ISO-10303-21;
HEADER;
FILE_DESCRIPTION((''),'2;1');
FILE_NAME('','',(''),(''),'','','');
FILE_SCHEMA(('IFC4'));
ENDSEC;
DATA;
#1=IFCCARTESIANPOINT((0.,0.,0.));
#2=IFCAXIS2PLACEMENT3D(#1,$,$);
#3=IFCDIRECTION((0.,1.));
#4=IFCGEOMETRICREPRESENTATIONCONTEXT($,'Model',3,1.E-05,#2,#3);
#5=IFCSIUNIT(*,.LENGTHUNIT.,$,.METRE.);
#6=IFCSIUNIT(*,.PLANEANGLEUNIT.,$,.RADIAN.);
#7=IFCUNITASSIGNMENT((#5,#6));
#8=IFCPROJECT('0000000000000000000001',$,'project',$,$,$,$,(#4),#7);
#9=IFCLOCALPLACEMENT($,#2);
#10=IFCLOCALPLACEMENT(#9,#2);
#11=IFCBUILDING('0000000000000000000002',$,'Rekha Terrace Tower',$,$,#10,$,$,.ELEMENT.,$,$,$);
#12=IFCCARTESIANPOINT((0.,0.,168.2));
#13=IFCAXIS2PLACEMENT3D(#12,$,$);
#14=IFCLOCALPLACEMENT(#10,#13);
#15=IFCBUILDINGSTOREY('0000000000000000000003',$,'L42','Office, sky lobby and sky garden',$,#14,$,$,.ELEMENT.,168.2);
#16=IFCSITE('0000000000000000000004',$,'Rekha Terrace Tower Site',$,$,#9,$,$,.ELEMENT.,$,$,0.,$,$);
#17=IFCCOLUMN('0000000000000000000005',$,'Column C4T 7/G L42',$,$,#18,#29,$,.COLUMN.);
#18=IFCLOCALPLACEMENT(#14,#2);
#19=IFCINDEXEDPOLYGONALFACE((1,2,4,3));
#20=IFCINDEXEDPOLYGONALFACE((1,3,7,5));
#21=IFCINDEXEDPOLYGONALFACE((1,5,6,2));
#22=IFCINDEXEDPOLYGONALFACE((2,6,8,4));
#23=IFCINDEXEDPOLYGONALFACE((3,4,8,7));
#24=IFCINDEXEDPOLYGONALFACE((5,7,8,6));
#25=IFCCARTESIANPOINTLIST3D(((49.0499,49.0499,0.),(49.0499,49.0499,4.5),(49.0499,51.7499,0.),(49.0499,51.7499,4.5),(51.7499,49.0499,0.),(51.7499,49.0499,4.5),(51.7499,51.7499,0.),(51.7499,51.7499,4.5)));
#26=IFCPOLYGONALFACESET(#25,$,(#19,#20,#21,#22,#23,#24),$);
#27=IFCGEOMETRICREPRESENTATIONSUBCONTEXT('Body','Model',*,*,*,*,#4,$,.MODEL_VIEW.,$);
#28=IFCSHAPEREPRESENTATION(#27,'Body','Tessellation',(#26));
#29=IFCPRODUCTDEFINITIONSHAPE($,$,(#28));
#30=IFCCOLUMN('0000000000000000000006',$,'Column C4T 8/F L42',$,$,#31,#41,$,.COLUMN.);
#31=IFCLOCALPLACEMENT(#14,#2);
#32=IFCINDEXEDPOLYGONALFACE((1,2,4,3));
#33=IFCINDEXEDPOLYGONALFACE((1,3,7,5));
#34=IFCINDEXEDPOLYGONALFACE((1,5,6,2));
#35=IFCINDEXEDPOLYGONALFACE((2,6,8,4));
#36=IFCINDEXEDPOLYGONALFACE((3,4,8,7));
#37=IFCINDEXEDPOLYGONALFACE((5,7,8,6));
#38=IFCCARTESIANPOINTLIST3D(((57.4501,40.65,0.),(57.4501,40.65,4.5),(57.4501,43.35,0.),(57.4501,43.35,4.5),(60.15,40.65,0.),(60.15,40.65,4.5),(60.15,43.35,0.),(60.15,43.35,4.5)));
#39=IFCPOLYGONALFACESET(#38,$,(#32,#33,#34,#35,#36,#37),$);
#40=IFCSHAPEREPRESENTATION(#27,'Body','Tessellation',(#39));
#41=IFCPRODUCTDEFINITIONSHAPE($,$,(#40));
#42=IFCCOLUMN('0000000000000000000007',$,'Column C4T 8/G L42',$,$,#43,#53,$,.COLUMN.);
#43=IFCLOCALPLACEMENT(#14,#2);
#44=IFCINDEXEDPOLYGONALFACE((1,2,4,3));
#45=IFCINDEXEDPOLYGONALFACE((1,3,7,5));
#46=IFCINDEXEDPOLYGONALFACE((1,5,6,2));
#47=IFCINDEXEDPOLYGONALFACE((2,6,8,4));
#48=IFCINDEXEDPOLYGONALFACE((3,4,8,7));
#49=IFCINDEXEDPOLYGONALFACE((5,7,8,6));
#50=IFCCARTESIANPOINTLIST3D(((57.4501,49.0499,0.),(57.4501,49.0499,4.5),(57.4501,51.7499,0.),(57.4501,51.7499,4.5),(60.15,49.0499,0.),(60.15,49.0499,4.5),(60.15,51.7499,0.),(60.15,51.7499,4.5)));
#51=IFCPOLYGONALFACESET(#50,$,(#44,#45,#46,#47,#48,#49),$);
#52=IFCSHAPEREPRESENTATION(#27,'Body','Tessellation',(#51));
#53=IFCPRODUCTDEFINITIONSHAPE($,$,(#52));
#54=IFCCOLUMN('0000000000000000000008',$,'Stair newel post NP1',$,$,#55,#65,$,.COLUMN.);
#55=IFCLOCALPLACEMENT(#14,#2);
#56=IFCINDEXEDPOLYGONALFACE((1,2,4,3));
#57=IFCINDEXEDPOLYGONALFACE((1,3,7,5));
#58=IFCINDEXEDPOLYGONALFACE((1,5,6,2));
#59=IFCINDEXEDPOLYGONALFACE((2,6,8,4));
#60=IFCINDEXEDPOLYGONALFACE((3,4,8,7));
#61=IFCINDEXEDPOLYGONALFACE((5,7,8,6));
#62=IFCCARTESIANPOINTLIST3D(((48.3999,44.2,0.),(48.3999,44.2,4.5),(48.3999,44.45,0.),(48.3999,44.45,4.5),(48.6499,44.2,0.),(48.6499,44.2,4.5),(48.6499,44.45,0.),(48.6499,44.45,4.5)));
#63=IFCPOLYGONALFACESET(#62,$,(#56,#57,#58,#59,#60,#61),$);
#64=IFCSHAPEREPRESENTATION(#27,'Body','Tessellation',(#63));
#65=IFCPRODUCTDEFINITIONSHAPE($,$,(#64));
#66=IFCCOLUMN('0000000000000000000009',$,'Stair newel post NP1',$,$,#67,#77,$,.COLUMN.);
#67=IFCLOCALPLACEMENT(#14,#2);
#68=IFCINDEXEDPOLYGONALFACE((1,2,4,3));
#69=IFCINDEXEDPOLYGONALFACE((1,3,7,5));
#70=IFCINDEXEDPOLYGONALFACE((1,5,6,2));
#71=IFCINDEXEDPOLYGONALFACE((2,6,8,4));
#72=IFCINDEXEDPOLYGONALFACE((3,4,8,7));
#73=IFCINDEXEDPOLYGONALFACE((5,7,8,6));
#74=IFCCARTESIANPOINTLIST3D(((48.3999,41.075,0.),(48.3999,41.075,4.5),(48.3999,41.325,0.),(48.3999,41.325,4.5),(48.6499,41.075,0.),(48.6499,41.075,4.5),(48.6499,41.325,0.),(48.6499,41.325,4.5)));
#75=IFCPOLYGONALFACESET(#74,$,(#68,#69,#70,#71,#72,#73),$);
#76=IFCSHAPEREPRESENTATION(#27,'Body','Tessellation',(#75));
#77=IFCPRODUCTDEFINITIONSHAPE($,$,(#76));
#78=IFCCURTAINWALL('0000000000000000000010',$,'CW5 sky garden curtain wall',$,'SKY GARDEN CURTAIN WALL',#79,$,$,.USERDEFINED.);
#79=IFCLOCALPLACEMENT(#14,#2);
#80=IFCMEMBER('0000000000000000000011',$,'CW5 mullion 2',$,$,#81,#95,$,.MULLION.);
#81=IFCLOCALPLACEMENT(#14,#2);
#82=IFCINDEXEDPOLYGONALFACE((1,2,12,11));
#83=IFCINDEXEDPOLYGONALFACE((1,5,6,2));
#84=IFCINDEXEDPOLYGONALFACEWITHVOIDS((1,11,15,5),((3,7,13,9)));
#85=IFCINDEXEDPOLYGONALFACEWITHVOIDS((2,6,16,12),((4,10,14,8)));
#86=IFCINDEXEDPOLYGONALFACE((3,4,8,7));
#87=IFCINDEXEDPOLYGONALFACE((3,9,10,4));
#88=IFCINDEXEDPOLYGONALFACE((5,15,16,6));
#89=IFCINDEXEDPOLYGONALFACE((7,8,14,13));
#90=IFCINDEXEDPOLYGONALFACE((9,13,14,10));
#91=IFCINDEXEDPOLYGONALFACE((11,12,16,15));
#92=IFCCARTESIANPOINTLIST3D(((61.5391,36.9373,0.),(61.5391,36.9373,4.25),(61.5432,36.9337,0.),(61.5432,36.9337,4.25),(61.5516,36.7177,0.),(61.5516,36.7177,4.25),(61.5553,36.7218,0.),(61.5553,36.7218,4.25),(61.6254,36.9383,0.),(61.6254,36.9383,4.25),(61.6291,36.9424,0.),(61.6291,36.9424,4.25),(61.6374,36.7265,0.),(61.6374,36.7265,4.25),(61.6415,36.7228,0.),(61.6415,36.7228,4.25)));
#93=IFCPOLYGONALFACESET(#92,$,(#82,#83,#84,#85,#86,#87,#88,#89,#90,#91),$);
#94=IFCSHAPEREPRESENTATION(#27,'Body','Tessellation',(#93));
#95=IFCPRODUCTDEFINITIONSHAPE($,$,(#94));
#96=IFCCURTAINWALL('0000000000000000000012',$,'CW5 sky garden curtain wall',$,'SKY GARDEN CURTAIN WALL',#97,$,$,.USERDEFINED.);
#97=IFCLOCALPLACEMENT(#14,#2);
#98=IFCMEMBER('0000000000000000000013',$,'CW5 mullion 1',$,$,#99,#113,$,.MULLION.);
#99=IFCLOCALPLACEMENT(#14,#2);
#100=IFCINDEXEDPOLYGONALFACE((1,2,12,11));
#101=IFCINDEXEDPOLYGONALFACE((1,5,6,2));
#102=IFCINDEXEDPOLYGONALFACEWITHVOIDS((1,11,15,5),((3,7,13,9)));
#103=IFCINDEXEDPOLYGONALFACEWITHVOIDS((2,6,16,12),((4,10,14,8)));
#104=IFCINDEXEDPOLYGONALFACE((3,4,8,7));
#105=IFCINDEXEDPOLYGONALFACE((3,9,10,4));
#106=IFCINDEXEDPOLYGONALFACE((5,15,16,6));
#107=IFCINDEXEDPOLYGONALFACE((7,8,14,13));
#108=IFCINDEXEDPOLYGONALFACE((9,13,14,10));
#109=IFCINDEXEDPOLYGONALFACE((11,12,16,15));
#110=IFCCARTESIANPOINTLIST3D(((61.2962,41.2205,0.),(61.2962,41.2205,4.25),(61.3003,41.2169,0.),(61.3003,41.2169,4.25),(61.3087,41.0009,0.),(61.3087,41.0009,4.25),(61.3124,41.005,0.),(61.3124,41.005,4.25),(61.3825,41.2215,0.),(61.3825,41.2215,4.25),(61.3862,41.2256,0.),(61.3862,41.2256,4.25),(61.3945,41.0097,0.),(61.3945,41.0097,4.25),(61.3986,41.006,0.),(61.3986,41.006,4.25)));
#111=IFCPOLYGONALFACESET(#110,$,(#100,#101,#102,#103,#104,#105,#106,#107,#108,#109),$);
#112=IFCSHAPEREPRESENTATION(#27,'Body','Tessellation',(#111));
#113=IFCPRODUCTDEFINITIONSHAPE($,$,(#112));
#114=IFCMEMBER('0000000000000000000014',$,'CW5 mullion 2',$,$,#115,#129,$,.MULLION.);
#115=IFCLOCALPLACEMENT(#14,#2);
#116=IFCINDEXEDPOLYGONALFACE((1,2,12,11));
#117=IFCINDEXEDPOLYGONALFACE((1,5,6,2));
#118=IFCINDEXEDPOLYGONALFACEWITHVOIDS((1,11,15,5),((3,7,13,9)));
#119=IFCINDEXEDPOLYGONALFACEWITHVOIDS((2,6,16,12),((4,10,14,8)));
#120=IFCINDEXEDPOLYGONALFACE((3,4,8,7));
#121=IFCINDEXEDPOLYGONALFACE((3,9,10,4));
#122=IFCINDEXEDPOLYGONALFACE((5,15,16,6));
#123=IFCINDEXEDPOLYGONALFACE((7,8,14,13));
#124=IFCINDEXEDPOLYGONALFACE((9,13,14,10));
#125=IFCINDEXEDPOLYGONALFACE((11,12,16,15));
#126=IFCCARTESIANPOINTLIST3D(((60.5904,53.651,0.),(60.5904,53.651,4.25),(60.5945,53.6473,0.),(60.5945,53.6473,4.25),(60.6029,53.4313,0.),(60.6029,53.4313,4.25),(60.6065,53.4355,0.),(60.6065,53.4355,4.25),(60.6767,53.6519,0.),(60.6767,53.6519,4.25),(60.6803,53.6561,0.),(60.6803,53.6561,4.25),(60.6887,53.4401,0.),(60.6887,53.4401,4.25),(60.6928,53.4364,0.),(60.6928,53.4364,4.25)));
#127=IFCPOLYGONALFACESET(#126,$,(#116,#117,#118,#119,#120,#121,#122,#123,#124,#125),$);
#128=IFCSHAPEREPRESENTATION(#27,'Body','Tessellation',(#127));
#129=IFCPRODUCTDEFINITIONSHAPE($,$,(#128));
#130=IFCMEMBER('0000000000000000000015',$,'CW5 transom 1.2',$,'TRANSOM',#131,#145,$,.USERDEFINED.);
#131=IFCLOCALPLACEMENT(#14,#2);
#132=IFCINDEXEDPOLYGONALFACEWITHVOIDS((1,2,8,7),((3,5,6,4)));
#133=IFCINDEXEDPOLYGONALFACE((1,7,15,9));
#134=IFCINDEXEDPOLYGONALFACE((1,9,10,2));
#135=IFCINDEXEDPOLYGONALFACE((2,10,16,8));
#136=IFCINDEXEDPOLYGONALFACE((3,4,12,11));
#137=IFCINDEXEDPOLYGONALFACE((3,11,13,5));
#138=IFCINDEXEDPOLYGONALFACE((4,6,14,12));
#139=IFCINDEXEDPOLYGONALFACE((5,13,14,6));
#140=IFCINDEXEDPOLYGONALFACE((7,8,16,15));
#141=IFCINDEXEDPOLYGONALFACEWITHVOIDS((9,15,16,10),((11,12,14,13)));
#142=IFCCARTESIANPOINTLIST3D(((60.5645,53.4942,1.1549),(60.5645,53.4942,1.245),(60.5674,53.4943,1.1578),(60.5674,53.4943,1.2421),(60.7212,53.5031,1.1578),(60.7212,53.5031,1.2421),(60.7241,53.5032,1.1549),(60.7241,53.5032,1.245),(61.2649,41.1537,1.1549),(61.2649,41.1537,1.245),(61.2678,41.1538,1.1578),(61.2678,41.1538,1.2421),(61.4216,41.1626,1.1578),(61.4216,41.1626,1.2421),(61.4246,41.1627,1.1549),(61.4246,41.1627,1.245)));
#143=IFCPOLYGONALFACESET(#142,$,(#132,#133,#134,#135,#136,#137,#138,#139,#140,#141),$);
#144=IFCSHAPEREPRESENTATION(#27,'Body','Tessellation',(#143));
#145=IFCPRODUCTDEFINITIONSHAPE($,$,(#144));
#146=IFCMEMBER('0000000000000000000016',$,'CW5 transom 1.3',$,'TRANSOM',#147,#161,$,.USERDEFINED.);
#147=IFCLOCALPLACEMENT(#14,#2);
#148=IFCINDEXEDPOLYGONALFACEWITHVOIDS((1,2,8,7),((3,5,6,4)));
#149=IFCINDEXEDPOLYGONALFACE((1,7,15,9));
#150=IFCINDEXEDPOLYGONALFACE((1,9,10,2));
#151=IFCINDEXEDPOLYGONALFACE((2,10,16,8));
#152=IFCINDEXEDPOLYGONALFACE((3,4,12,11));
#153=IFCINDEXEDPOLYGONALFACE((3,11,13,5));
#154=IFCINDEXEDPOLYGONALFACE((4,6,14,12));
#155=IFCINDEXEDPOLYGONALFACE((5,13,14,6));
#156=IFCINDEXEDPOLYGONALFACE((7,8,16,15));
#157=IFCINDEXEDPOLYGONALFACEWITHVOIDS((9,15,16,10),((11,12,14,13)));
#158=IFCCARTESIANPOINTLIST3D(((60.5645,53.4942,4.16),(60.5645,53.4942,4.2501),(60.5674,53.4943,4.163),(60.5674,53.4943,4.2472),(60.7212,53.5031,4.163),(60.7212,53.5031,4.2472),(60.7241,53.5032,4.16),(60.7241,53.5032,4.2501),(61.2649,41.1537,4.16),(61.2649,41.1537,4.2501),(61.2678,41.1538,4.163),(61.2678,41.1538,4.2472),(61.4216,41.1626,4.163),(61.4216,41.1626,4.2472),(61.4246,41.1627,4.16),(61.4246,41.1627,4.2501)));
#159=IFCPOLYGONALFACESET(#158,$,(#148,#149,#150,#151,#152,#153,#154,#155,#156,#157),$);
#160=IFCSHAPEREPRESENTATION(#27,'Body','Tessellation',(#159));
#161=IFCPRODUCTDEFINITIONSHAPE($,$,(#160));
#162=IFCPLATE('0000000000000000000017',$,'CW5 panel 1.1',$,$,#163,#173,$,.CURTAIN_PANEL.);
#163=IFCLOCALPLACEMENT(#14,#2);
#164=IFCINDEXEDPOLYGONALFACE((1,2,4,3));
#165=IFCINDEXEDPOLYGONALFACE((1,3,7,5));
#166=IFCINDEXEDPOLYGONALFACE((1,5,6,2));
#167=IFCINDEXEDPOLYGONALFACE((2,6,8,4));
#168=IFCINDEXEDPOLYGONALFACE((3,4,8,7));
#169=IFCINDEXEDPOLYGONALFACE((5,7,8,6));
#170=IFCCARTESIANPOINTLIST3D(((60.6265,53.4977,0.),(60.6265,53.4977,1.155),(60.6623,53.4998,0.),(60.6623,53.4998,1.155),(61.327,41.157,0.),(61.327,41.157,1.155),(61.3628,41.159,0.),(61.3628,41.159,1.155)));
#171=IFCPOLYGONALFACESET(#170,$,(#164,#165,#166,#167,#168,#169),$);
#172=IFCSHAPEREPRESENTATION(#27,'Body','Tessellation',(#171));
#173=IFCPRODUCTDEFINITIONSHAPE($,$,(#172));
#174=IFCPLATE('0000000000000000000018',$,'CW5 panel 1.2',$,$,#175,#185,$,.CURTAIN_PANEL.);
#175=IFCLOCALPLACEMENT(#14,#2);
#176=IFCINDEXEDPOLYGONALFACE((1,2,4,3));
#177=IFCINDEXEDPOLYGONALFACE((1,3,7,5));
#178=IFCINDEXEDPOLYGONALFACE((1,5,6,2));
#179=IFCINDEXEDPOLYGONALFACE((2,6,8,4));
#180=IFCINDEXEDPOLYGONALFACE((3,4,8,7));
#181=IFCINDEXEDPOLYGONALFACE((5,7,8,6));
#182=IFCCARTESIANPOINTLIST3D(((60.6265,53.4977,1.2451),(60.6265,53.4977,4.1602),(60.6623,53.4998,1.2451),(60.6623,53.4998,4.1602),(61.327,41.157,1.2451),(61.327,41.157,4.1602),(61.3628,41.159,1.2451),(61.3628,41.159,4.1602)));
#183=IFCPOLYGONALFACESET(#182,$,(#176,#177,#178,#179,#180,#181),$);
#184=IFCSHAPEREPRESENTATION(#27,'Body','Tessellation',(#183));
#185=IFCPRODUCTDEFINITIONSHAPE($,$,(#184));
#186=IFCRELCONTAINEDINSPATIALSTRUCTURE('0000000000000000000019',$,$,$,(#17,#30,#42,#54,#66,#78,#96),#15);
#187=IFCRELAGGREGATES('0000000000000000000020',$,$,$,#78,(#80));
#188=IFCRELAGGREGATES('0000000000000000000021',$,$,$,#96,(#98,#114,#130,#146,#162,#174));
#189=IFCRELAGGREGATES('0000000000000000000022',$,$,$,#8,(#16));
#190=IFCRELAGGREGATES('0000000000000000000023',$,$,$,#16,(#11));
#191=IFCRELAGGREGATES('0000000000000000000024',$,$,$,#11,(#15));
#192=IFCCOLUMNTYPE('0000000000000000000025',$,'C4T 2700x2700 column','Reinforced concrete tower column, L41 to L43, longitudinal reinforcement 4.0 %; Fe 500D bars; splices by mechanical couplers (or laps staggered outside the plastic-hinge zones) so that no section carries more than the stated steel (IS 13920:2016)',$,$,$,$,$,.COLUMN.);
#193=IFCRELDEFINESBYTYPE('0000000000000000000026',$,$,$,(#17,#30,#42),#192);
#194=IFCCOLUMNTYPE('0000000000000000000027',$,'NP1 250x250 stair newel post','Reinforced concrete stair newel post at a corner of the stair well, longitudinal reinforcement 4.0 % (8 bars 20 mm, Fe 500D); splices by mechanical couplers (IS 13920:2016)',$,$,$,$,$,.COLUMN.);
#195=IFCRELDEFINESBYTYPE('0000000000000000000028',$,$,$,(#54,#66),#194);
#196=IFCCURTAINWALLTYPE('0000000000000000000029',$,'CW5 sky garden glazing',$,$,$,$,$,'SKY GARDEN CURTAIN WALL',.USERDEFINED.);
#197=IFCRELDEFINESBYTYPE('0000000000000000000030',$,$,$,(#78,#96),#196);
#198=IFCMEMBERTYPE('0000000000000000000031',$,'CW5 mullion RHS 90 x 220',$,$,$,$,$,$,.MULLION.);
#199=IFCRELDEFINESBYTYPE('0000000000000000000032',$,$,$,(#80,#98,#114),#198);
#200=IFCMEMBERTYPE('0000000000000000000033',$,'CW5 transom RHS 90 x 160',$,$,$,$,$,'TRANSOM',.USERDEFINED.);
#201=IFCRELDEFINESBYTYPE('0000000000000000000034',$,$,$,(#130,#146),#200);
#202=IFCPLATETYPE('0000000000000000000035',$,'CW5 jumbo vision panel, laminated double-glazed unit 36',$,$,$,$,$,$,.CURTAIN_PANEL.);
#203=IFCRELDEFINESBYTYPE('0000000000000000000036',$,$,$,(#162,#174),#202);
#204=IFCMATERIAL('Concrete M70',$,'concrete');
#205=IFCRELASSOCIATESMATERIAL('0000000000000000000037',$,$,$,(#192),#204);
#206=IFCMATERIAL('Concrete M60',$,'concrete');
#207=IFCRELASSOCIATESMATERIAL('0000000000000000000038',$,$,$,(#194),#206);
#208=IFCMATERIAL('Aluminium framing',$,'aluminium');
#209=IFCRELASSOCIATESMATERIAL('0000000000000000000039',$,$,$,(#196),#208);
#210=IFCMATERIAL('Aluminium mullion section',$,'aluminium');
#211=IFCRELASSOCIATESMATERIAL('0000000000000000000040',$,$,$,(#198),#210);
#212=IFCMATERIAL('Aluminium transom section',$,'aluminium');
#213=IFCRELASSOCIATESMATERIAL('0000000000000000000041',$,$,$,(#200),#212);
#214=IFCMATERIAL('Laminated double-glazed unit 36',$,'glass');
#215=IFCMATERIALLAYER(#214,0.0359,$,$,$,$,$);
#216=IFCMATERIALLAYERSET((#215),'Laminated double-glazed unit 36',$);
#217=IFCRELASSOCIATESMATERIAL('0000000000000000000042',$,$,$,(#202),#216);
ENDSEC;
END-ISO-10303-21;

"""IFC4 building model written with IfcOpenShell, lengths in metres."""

from ifc_helpers import new_model, si_unit, direction, frame, origin, origin_2d, place, context, subcontext, project, spatial, rectangle, hollow_rectangle, extrude, material, layer, layer_set, material_profile, profile_set, type_object, element, aggregate, save


model = new_model("IFC4")

# Units and contexts
model_context = context("Model", 3, precision=1e-05, world=origin(), true_north=direction((0.0, 1.0)))
body_context = subcontext(model_context, "Body", "Model", "MODEL_VIEW")
ifc_project = project(units=[si_unit("LENGTHUNIT", "METRE"), si_unit("PLANEANGLEUNIT", "RADIAN")], contexts=[model_context])

# Site, building, storey
site_placement = place(None, origin())
site = spatial("IfcSite", under=ifc_project, at=site_placement, Name="Rekha Terrace Tower Site", CompositionType="ELEMENT", RefElevation=0.0)
building_placement = place(site_placement, origin())
building = spatial("IfcBuilding", under=site, at=building_placement, Name="Rekha Terrace Tower", CompositionType="ELEMENT")
storey_placement = place(building_placement, frame((0.0, 0.0, 168.2)))
storey = spatial("IfcBuildingStorey", under=building, at=storey_placement, Name="L42", Description="Office, sky lobby and sky garden", CompositionType="ELEMENT", Elevation=168.2)

# Columns
ifc_material_1 = material(Name="Concrete M70", Category="concrete")
ifc_material_profile_1 = material_profile(ifc_material_1, rectangle(XDim=2.7, YDim=2.7, at=origin_2d()), Name="RC 2700x2700")
ifc_profile_set_1 = profile_set([ifc_material_profile_1], Name="Concrete M70")
column_type_1 = type_object("IfcColumnType", Name="C4T 2700x2700 column", Description="Reinforced concrete tower column, L41 to L43, longitudinal reinforcement 4.0 %; Fe 500D bars; splices by mechanical couplers (or laps staggered outside the plastic-hinge zones) so that no section carries more than the stated steel (IS 13920:2016)", PredefinedType="COLUMN", material=ifc_profile_set_1)
for number, where, z_axis, x_axis, name in (
    (1, (50.3999, 50.3999, 0.0), (0.0, 0.0, 1.0), (1.0, 0.0, 0.0), "Column C4T 7/G L42"),
    (2, (58.8, 42.0, 0.0), (0.0, 0.0, 1.0), (1.0, 0.0, 0.0), "Column C4T 8/F L42"),
    (3, (58.8, 50.3999, 0.0), (0.0, 0.0, 1.0), (1.0, 0.0, 0.0), "Column C4T 8/G L42"),
):
    element("IfcColumn", number, at=place(storey_placement, frame(where, z_axis=z_axis, x_axis=x_axis)), inside=storey, type_object=column_type_1, Name=name, PredefinedType="COLUMN", context=body_context, shape_type="SweptSolid", body=[
        extrude(rectangle(XDim=2.7, YDim=2.7, at=origin_2d()), origin(), (0.0, 0.0, 1.0), 4.5),
    ])
ifc_material_2 = material(Name="Concrete M60", Category="concrete")
ifc_material_profile_2 = material_profile(ifc_material_2, rectangle(XDim=0.25, YDim=0.25, at=origin_2d()), Name="RC 250x250")
ifc_profile_set_2 = profile_set([ifc_material_profile_2], Name="Concrete M60")
column_type_2 = type_object("IfcColumnType", Name="NP1 250x250 stair newel post", Description="Reinforced concrete stair newel post at a corner of the stair well, longitudinal reinforcement 4.0 % (8 bars 20 mm, Fe 500D); splices by mechanical couplers (IS 13920:2016)", PredefinedType="COLUMN", material=ifc_profile_set_2)
for number, where, z_axis, x_axis, name in (
    (4, (48.5249, 44.325, 0.0), (0.0, 0.0, 1.0), (1.0, 0.0, 0.0), "Stair newel post NP1"),
    (5, (48.5249, 41.2, 0.0), (0.0, 0.0, 1.0), (1.0, 0.0, 0.0), "Stair newel post NP1"),
):
    element("IfcColumn", number, at=place(storey_placement, frame(where, z_axis=z_axis, x_axis=x_axis)), inside=storey, type_object=column_type_2, Name=name, PredefinedType="COLUMN", context=body_context, shape_type="SweptSolid", body=[
        extrude(rectangle(XDim=0.25, YDim=0.25, at=origin_2d()), origin(), (0.0, 0.0, 1.0), 4.5),
    ])

# Curtain wall, member
ifc_material_3 = material(Name="Aluminium framing", Category="aluminium")
curtain_wall_type = type_object("IfcCurtainWallType", Name="CW5 sky garden glazing", ElementType="SKY GARDEN CURTAIN WALL", PredefinedType="USERDEFINED", material=ifc_material_3)
curtain_wall_1_placement = place(storey_placement, origin())
curtain_wall_1 = element("IfcCurtainWall", 6, at=curtain_wall_1_placement, inside=storey, type_object=curtain_wall_type, Name="CW5 sky garden curtain wall", ObjectType="SKY GARDEN CURTAIN WALL", PredefinedType="USERDEFINED")
ifc_material_4 = material(Name="Aluminium mullion section", Category="aluminium")
ifc_material_profile_3 = material_profile(ifc_material_4, hollow_rectangle(XDim=0.0901, YDim=0.22, WallThickness=0.0039, at=origin_2d()), Name="AL RHS 90x220")
ifc_profile_set_3 = profile_set([ifc_material_profile_3], Name="Aluminium mullion section")
member_type_1 = type_object("IfcMemberType", Name="CW5 mullion RHS 90 x 220", PredefinedType="MULLION", material=ifc_profile_set_3)
member_1_placement = place(storey_placement, frame((61.5903, 36.8301, 0.0), z_axis=(0.0, 0.0, 1.0), x_axis=(-0.998393, -0.056673, 0.0)))
member_1 = element("IfcMember", 7, at=member_1_placement, type_object=member_type_1, Name="CW5 mullion 2", PredefinedType="MULLION", context=body_context, shape_type="SweptSolid", body=[
    extrude(hollow_rectangle(XDim=0.0901, YDim=0.22, WallThickness=0.0039, at=origin_2d()), origin(), (0.0, 0.0, 1.0), 4.25),
])
aggregate(curtain_wall_1, [member_1])

# Curtain wall, members, plates
curtain_wall_2_placement = place(storey_placement, origin())
curtain_wall_2 = element("IfcCurtainWall", 8, at=curtain_wall_2_placement, inside=storey, type_object=curtain_wall_type, Name="CW5 sky garden curtain wall", ObjectType="SKY GARDEN CURTAIN WALL", PredefinedType="USERDEFINED")
member_2_placement = place(storey_placement, frame((61.3474, 41.1133, 0.0), z_axis=(0.0, 0.0, 1.0), x_axis=(-0.998393, -0.056673, 0.0)))
member_2 = element("IfcMember", 9, at=member_2_placement, type_object=member_type_1, Name="CW5 mullion 1", PredefinedType="MULLION", context=body_context, shape_type="SweptSolid", body=[
    extrude(hollow_rectangle(XDim=0.0901, YDim=0.22, WallThickness=0.0039, at=origin_2d()), origin(), (0.0, 0.0, 1.0), 4.25),
])
member_3_placement = place(storey_placement, frame((60.6416, 53.5437, 0.0), z_axis=(0.0, 0.0, 1.0), x_axis=(-0.998393, -0.056673, 0.0)))
member_3 = element("IfcMember", 10, at=member_3_placement, type_object=member_type_1, Name="CW5 mullion 2", PredefinedType="MULLION", context=body_context, shape_type="SweptSolid", body=[
    extrude(hollow_rectangle(XDim=0.0901, YDim=0.22, WallThickness=0.0039, at=origin_2d()), origin(), (0.0, 0.0, 1.0), 4.25),
])
ifc_material_5 = material(Name="Aluminium transom section", Category="aluminium")
ifc_material_profile_4 = material_profile(ifc_material_5, hollow_rectangle(XDim=0.1599, YDim=0.0901, WallThickness=0.0029, at=origin_2d()), Name="AL RHS 160x90")
ifc_profile_set_4 = profile_set([ifc_material_profile_4], Name="Aluminium transom section")
member_type_2 = type_object("IfcMemberType", Name="CW5 transom RHS 90 x 160", ElementType="TRANSOM", PredefinedType="USERDEFINED", material=ifc_profile_set_4)
member_4_placement = place(storey_placement, frame((61.3447, 41.1582, 1.2), z_axis=(-0.056668, 0.998393, 0.0), x_axis=(-0.998393, -0.056668, 0.0)))
member_4 = element("IfcMember", 11, at=member_4_placement, type_object=member_type_2, Name="CW5 transom 1.2", ObjectType="TRANSOM", PredefinedType="USERDEFINED", context=body_context, shape_type="SweptSolid", body=[
    extrude(hollow_rectangle(XDim=0.1599, YDim=0.0901, WallThickness=0.0029, at=origin_2d()), origin(), (0.0, 0.0, 1.0), 12.3604),
])
member_5_placement = place(storey_placement, frame((61.3447, 41.1582, 4.2051), z_axis=(-0.056668, 0.998393, 0.0), x_axis=(-0.998393, -0.056668, 0.0)))
member_5 = element("IfcMember", 12, at=member_5_placement, type_object=member_type_2, Name="CW5 transom 1.3", ObjectType="TRANSOM", PredefinedType="USERDEFINED", context=body_context, shape_type="SweptSolid", body=[
    extrude(hollow_rectangle(XDim=0.1599, YDim=0.0901, WallThickness=0.0029, at=origin_2d()), origin(), (0.0, 0.0, 1.0), 12.3604),
])
ifc_material_6 = material(Name="Laminated double-glazed unit 36", Category="glass")
ifc_layer_1 = layer(ifc_material_6, 0.0359)
ifc_layer_set_1 = layer_set([ifc_layer_1], Name="Laminated double-glazed unit 36")
plate_type = type_object("IfcPlateType", Name="CW5 jumbo vision panel, laminated double-glazed unit 36", PredefinedType="CURTAIN_PANEL", material=ifc_layer_set_1)
plate_1_placement = place(storey_placement, frame((60.9946, 47.3284, 0.0), z_axis=(0.0, 0.0, 1.0), x_axis=(-0.056673, 0.998393, 0.0)))
plate_1 = element("IfcPlate", 13, at=plate_1_placement, type_object=plate_type, Name="CW5 panel 1.1", PredefinedType="CURTAIN_PANEL", context=body_context, shape_type="SweptSolid", body=[
    extrude(rectangle(XDim=12.3606, YDim=0.0359, at=origin_2d()), origin(), (0.0, 0.0, 1.0), 1.155),
])
plate_2_placement = place(storey_placement, frame((60.9946, 47.3284, 1.2451), z_axis=(0.0, 0.0, 1.0), x_axis=(-0.056673, 0.998393, 0.0)))
plate_2 = element("IfcPlate", 14, at=plate_2_placement, type_object=plate_type, Name="CW5 panel 1.2", PredefinedType="CURTAIN_PANEL", context=body_context, shape_type="SweptSolid", body=[
    extrude(rectangle(XDim=12.3606, YDim=0.0359, at=origin_2d()), origin(), (0.0, 0.0, 1.0), 2.915),
])
aggregate(curtain_wall_2, [member_2, member_3, member_4, member_5, plate_1, plate_2])

save(model, "model.ifc")
